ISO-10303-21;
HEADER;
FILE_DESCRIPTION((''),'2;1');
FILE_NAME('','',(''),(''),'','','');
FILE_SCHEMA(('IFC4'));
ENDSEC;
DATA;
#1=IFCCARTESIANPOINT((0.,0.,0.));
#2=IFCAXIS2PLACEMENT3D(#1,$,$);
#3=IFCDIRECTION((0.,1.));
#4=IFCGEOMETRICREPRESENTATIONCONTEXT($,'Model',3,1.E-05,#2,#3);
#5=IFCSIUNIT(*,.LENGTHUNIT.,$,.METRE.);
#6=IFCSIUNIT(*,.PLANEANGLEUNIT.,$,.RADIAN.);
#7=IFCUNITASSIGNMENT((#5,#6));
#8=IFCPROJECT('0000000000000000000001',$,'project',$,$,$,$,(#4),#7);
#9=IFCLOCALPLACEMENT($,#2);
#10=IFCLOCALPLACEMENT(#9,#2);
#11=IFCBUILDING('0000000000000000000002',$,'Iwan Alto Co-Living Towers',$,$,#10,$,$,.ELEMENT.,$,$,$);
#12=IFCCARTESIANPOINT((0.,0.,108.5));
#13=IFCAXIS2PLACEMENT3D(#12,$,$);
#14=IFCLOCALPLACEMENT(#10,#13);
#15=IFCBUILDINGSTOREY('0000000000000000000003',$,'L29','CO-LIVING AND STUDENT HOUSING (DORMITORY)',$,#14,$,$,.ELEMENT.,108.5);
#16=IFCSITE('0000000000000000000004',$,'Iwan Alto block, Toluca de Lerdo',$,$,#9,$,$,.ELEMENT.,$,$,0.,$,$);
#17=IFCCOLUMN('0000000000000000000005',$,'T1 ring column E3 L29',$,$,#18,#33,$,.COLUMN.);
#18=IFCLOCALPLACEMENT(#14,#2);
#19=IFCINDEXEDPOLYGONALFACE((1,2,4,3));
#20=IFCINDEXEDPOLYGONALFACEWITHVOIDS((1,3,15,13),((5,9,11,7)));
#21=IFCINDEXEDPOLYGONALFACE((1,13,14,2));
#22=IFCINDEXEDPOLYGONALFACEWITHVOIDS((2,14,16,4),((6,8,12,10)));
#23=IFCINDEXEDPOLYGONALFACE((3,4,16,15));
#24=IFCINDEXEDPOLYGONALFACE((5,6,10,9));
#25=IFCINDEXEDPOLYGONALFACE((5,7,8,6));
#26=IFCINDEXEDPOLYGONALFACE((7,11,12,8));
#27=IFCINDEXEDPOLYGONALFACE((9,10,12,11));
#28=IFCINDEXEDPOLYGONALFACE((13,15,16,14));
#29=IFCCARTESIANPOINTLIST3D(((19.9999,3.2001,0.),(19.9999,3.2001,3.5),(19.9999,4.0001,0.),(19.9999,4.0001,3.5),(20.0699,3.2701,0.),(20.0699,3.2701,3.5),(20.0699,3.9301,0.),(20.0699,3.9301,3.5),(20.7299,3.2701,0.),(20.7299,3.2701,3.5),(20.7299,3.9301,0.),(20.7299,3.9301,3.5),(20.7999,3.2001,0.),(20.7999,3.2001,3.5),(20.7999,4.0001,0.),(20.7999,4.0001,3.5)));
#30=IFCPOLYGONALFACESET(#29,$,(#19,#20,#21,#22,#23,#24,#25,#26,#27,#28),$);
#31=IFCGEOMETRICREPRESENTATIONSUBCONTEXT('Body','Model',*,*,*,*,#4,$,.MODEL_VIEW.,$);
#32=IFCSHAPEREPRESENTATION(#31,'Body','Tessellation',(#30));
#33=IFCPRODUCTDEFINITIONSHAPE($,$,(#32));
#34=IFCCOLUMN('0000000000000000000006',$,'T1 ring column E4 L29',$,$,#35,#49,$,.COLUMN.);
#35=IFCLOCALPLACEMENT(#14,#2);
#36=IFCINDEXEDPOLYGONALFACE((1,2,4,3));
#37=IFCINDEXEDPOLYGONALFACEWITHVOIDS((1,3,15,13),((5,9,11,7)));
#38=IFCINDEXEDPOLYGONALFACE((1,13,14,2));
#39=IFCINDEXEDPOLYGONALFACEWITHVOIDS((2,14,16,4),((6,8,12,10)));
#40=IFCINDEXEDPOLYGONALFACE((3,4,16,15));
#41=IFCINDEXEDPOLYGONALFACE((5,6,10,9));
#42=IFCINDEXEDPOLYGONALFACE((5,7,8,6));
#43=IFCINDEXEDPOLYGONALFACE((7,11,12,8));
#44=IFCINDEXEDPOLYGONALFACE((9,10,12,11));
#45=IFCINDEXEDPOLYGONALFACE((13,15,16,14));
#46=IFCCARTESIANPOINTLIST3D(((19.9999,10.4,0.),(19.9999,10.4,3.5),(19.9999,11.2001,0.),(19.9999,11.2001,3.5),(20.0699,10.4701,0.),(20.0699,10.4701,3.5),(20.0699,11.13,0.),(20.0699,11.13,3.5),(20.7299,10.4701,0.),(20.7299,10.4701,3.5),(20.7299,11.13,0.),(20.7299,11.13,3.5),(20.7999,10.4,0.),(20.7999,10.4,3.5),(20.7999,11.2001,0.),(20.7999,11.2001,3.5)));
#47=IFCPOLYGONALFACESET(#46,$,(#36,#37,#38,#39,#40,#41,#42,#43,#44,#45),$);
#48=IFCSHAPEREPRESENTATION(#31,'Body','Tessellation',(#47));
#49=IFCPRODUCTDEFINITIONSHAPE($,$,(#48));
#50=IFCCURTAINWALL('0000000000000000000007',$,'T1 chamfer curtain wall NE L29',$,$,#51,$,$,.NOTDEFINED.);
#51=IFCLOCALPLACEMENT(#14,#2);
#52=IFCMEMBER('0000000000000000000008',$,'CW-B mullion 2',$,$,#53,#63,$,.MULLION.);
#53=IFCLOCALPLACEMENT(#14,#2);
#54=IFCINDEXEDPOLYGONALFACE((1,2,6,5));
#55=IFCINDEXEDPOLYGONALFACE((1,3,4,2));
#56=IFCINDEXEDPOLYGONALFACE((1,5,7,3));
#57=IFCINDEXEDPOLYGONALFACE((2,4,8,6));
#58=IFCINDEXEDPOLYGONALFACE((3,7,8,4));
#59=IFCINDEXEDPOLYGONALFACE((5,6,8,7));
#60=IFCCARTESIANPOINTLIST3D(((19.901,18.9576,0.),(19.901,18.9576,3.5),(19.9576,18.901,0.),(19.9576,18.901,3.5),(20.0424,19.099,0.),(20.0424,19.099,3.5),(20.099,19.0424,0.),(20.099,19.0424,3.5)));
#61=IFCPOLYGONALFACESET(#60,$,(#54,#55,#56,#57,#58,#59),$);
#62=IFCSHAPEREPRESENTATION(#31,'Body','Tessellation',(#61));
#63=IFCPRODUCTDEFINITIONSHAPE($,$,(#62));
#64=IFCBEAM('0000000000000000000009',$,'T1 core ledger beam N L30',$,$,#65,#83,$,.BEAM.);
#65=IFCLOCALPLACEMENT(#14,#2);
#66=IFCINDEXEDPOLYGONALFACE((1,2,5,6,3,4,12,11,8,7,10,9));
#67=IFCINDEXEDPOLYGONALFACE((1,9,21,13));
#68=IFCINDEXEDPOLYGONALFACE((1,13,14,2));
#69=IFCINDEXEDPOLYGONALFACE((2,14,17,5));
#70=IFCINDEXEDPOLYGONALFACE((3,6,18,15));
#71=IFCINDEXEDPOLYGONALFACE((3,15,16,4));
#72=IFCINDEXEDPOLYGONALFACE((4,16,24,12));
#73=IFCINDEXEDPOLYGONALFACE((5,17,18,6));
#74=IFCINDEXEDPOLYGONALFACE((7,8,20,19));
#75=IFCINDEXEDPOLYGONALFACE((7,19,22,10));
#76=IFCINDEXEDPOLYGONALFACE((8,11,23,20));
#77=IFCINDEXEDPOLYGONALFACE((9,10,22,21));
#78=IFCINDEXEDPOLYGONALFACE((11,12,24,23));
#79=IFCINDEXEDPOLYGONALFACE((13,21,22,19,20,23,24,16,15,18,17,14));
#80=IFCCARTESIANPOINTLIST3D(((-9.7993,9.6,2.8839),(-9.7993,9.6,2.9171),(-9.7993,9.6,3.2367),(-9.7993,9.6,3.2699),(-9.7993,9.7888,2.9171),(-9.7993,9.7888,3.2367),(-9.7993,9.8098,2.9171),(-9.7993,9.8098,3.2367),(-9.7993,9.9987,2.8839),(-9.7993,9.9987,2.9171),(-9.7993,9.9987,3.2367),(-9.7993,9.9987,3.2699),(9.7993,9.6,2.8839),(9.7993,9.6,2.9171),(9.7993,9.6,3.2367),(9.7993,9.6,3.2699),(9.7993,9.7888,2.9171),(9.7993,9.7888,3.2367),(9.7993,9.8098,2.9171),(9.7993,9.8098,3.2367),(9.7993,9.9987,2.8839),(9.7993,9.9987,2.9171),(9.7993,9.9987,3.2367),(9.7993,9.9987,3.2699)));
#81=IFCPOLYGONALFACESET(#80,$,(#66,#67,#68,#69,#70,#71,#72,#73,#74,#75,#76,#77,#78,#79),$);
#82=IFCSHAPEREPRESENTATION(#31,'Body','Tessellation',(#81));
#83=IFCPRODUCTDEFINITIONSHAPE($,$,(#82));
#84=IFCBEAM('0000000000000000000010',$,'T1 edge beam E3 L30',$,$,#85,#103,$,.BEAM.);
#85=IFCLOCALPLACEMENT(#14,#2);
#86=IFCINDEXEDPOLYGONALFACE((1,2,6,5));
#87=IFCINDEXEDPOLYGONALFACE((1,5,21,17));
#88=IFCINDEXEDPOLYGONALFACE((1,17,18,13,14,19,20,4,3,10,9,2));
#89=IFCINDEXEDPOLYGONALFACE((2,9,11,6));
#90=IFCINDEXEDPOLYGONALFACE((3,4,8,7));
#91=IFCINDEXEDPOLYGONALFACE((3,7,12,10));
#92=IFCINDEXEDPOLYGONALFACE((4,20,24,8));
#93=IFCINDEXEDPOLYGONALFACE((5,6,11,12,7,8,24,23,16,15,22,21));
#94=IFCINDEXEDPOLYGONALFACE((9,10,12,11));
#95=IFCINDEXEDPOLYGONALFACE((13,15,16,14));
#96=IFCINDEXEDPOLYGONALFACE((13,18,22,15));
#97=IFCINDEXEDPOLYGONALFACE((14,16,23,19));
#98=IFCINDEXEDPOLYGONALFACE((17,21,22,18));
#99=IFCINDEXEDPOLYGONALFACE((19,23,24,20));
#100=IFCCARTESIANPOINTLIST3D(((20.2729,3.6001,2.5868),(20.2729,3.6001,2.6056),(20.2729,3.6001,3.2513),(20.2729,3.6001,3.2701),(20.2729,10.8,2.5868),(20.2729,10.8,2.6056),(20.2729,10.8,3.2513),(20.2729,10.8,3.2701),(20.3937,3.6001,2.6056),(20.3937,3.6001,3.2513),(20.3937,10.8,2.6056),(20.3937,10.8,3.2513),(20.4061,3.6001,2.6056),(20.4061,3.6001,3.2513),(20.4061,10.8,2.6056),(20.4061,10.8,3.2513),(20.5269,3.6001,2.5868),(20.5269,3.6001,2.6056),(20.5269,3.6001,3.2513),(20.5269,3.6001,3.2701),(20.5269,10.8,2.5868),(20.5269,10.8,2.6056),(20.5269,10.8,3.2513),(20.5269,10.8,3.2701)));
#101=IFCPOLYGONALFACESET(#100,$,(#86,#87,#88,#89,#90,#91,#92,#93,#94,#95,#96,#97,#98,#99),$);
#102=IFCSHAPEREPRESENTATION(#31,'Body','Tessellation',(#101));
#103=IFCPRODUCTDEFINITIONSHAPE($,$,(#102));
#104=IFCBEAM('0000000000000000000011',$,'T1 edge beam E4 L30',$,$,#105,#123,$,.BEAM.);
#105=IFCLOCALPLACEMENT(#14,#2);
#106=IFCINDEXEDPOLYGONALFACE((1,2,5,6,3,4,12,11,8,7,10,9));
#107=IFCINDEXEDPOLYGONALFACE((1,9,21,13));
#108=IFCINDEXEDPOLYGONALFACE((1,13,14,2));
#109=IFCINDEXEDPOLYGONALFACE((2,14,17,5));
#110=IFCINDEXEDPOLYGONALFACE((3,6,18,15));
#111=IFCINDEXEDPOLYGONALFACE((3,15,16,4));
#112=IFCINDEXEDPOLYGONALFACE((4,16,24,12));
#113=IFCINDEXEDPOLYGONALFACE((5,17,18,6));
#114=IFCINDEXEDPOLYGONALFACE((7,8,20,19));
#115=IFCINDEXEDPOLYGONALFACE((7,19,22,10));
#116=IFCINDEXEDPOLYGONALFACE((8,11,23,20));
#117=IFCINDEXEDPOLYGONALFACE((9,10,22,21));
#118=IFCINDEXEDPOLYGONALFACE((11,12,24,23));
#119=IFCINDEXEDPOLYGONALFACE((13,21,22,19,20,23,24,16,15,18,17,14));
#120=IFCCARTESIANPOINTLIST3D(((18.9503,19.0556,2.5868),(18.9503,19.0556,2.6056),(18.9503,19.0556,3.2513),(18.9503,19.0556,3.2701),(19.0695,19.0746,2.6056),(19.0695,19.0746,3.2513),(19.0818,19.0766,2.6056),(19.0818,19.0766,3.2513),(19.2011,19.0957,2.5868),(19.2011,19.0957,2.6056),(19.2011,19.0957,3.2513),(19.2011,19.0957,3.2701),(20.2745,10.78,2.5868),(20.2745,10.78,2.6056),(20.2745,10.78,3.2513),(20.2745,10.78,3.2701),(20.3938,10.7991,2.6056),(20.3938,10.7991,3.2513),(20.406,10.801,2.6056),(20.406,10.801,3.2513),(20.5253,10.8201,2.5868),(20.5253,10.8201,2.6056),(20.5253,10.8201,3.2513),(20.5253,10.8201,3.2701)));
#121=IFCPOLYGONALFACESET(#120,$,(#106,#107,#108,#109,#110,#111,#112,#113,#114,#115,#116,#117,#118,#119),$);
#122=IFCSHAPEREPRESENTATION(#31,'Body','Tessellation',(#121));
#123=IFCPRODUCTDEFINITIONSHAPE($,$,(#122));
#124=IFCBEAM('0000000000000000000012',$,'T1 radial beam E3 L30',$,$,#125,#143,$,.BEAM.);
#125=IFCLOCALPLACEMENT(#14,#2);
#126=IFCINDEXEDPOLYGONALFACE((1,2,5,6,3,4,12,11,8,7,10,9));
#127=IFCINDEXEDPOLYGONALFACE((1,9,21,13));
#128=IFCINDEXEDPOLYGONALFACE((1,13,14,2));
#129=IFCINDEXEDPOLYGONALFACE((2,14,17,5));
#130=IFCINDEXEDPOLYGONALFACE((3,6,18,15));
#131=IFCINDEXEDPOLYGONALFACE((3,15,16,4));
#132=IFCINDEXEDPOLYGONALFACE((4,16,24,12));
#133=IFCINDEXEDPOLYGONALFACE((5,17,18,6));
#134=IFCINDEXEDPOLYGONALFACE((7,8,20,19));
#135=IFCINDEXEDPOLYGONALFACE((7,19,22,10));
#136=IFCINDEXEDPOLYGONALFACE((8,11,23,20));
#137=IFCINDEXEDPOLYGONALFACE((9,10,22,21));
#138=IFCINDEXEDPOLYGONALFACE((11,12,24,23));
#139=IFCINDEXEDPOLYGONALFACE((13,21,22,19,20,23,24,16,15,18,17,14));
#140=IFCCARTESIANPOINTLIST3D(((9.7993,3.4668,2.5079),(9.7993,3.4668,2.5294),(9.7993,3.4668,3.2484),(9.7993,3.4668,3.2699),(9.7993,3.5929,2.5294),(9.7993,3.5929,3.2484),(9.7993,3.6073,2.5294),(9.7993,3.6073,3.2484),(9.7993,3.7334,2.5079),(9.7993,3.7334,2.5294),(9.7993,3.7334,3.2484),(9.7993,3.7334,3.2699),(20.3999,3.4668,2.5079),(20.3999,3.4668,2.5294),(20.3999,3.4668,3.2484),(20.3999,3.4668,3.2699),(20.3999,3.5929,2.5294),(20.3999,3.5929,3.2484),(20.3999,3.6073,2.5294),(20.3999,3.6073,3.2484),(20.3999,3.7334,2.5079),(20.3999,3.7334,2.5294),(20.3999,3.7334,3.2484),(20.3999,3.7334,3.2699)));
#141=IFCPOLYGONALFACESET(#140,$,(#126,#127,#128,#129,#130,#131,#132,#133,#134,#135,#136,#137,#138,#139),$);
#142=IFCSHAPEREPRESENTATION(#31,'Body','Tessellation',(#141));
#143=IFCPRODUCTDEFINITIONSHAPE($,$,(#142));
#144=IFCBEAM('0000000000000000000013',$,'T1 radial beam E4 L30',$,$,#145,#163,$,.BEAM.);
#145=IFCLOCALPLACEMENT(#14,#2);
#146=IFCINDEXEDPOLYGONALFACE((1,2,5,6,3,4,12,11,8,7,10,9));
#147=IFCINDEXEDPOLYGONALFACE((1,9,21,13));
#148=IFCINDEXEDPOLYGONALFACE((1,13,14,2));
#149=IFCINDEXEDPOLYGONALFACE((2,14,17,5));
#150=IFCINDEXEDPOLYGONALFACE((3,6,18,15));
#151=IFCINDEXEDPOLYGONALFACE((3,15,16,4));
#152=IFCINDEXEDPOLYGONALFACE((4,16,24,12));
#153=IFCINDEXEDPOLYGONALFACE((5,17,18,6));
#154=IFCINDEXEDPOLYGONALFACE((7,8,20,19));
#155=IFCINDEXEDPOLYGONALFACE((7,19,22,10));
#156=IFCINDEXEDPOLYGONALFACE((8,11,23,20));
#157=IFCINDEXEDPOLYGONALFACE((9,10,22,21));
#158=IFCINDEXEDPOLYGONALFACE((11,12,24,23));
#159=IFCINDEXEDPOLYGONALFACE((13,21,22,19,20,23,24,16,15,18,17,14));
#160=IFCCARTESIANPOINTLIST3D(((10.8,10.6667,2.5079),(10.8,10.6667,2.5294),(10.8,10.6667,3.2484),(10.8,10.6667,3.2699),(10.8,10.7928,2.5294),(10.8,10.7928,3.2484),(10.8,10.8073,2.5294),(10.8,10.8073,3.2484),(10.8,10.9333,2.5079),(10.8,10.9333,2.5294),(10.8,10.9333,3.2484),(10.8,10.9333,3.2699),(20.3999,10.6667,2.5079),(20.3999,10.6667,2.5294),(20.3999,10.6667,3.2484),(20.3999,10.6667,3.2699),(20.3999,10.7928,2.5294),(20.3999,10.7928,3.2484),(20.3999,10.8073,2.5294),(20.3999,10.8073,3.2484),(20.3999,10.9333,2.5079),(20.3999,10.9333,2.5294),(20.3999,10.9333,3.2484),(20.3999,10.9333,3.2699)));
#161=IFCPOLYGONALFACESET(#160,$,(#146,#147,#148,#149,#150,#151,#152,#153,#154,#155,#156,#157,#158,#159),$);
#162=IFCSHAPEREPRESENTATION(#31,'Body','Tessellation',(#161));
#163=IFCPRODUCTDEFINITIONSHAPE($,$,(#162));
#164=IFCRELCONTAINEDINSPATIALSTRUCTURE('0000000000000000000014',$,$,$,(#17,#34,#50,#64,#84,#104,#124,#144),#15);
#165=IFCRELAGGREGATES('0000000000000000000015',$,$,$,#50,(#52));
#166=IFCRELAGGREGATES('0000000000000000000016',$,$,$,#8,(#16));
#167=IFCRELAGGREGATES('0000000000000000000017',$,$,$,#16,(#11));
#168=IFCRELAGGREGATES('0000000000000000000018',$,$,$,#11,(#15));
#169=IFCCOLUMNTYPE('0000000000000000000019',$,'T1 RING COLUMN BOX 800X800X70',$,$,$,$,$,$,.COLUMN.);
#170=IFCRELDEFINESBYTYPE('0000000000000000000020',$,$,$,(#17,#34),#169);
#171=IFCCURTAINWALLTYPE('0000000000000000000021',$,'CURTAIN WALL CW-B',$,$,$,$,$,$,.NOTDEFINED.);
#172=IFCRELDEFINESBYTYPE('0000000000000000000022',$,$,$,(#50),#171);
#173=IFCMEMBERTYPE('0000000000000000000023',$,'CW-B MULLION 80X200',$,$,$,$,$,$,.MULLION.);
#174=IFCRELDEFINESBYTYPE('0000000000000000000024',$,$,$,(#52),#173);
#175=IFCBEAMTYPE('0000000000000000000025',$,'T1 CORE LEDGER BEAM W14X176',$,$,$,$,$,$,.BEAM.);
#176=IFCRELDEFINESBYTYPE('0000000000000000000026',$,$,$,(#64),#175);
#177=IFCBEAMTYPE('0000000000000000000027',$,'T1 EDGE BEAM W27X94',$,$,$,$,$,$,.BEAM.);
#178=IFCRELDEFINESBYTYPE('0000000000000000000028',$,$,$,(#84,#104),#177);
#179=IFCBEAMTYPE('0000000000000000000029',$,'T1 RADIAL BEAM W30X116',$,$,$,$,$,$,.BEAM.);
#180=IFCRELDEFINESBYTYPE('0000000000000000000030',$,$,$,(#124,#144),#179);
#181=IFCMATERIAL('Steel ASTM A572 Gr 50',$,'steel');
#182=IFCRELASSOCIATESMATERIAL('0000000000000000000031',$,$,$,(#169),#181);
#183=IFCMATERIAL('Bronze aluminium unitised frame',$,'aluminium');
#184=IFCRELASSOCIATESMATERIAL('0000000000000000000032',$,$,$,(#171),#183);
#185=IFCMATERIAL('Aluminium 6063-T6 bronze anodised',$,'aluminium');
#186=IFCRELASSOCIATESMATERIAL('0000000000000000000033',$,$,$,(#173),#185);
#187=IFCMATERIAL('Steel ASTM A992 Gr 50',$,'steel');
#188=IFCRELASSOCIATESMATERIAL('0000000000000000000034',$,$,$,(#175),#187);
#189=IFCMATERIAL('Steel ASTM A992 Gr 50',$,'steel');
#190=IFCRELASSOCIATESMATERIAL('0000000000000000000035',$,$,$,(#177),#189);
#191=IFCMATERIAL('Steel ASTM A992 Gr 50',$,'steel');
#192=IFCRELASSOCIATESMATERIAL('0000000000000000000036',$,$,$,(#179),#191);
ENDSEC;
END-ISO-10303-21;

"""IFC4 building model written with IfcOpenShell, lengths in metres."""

from ifc_helpers import new_model, si_unit, direction, frame, origin, origin_2d, place, context, subcontext, project, spatial, rectangle, hollow_rectangle, i_section, extrude, material, material_profile, profile_set, type_object, element, aggregate, save


model = new_model("IFC4")

# Units and contexts
model_context = context("Model", 3, precision=1e-05, world=origin(), true_north=direction((0.0, 1.0)))
body_context = subcontext(model_context, "Body", "Model", "MODEL_VIEW")
ifc_project = project(units=[si_unit("LENGTHUNIT", "METRE"), si_unit("PLANEANGLEUNIT", "RADIAN")], contexts=[model_context])

# Site, building, storey
site_placement = place(None, origin())
site = spatial("IfcSite", under=ifc_project, at=site_placement, Name="Iwan Alto block, Toluca de Lerdo", CompositionType="ELEMENT", RefElevation=0.0)
building_placement = place(site_placement, origin())
building = spatial("IfcBuilding", under=site, at=building_placement, Name="Iwan Alto Co-Living Towers", CompositionType="ELEMENT")
storey_placement = place(building_placement, frame((0.0, 0.0, 108.5)))
storey = spatial("IfcBuildingStorey", under=building, at=storey_placement, Name="L29", Description="CO-LIVING AND STUDENT HOUSING (DORMITORY)", CompositionType="ELEMENT", Elevation=108.5)

# Columns
ifc_material_1 = material(Name="Steel ASTM A572 Gr 50", Category="steel")
ifc_material_profile_1 = material_profile(ifc_material_1, hollow_rectangle(XDim=0.8, YDim=0.8, WallThickness=0.0701, at=origin_2d()), Name="BOX 800X800X70")
ifc_profile_set_1 = profile_set([ifc_material_profile_1], Name="Steel ASTM A572 Gr 50")
column_type = type_object("IfcColumnType", Name="T1 RING COLUMN BOX 800X800X70", PredefinedType="COLUMN", material=ifc_profile_set_1)
for number, where, z_axis, x_axis, name in (
    (1, (20.3999, 3.6001, 0.0), (0.0, 0.0, 1.0), (1.0, 0.0, 0.0), "T1 ring column E3 L29"),
    (2, (20.3999, 10.8, 0.0), (0.0, 0.0, 1.0), (1.0, 0.0, 0.0), "T1 ring column E4 L29"),
):
    element("IfcColumn", number, at=place(storey_placement, frame(where, z_axis=z_axis, x_axis=x_axis)), inside=storey, type_object=column_type, Name=name, PredefinedType="COLUMN", context=body_context, shape_type="SweptSolid", body=[
        extrude(hollow_rectangle(XDim=0.8, YDim=0.8, WallThickness=0.0701, at=origin_2d()), origin(), (0.0, 0.0, 1.0), 3.5),
    ])

# Curtain wall, member
ifc_material_2 = material(Name="Bronze aluminium unitised frame", Category="aluminium")
curtain_wall_type = type_object("IfcCurtainWallType", Name="CURTAIN WALL CW-B", PredefinedType="NOTDEFINED", material=ifc_material_2)
curtain_wall_placement = place(storey_placement, origin())
curtain_wall = element("IfcCurtainWall", 3, at=curtain_wall_placement, inside=storey, type_object=curtain_wall_type, Name="T1 chamfer curtain wall NE L29", PredefinedType="NOTDEFINED")
ifc_material_3 = material(Name="Aluminium 6063-T6 bronze anodised", Category="aluminium")
ifc_material_profile_2 = material_profile(ifc_material_3, rectangle(XDim=0.2, YDim=0.0801, at=origin_2d()), Name="AL 80X200")
ifc_profile_set_2 = profile_set([ifc_material_profile_2], Name="Aluminium 6063-T6 bronze anodised")
member_type = type_object("IfcMemberType", Name="CW-B MULLION 80X200", PredefinedType="MULLION", material=ifc_profile_set_2)
member_placement = place(storey_placement, frame((20.0, 19.0, 0.0), z_axis=(0.0, 0.0, 1.0), x_axis=(-0.707107, -0.707107, 0.0)))
member = element("IfcMember", 4, at=member_placement, type_object=member_type, Name="CW-B mullion 2", PredefinedType="MULLION", context=body_context, shape_type="SweptSolid", body=[
    extrude(rectangle(XDim=0.2, YDim=0.0801, at=origin_2d()), origin(), (0.0, 0.0, 1.0), 3.5),
])
aggregate(curtain_wall, [member])

# Beams
ifc_material_4 = material(Name="Steel ASTM A992 Gr 50", Category="steel")
ifc_material_profile_3 = material_profile(ifc_material_4, i_section(OverallWidth=0.3987, OverallDepth=0.386, WebThickness=0.021, FlangeThickness=0.0332, at=origin_2d()), Name="W14X176")
ifc_profile_set_3 = profile_set([ifc_material_profile_3], Name="Steel ASTM A992 Gr 50")
beam_type_1 = type_object("IfcBeamType", Name="T1 CORE LEDGER BEAM W14X176", PredefinedType="BEAM", material=ifc_profile_set_3)
beam_1_placement = place(storey_placement, frame((9.7993, 9.7993, 3.0769), z_axis=(-1.0, 0.0, 0.0), x_axis=(0.0, -1.0, 0.0)))
element("IfcBeam", 5, at=beam_1_placement, inside=storey, type_object=beam_type_1, Name="T1 core ledger beam N L30", PredefinedType="BEAM", context=body_context, shape_type="SweptSolid", body=[
    extrude(i_section(OverallWidth=0.3987, OverallDepth=0.386, WebThickness=0.021, FlangeThickness=0.0332, at=origin_2d()), origin(), (0.0, 0.0, 1.0), 19.5986),
])
ifc_material_5 = material(Name="Steel ASTM A992 Gr 50", Category="steel")
ifc_material_profile_4 = material_profile(ifc_material_5, i_section(OverallWidth=0.2539, OverallDepth=0.6833, WebThickness=0.0125, FlangeThickness=0.0188, at=origin_2d()), Name="W27X94")
ifc_profile_set_4 = profile_set([ifc_material_profile_4], Name="Steel ASTM A992 Gr 50")
beam_type_2 = type_object("IfcBeamType", Name="T1 EDGE BEAM W27X94", PredefinedType="BEAM", material=ifc_profile_set_4)
beam_2_placement = place(storey_placement, frame((20.3999, 3.6001, 2.9285), z_axis=(0.0, 1.0, 0.0), x_axis=(-1.0, 0.0, 0.0)))
element("IfcBeam", 6, at=beam_2_placement, inside=storey, type_object=beam_type_2, Name="T1 edge beam E3 L30", PredefinedType="BEAM", context=body_context, shape_type="SweptSolid", body=[
    extrude(i_section(OverallWidth=0.2539, OverallDepth=0.6833, WebThickness=0.0125, FlangeThickness=0.0188, at=origin_2d()), origin(), (0.0, 0.0, 1.0), 7.2),
])
beam_3_placement = place(storey_placement, frame((20.3999, 10.8, 2.9285), z_axis=(-0.158004, 0.987438, 0.0), x_axis=(-0.987438, -0.158004, 0.0)))
element("IfcBeam", 7, at=beam_3_placement, inside=storey, type_object=beam_type_2, Name="T1 edge beam E4 L30", PredefinedType="BEAM", context=body_context, shape_type="SweptSolid", body=[
    extrude(i_section(OverallWidth=0.2539, OverallDepth=0.6833, WebThickness=0.0125, FlangeThickness=0.0188, at=origin_2d()), origin(), (0.0, 0.0, 1.0), 8.3809),
])
ifc_material_6 = material(Name="Steel ASTM A992 Gr 50", Category="steel")
ifc_material_profile_5 = material_profile(ifc_material_6, i_section(OverallWidth=0.2666, OverallDepth=0.762, WebThickness=0.0144, FlangeThickness=0.0215, at=origin_2d()), Name="W30X116")
ifc_profile_set_5 = profile_set([ifc_material_profile_5], Name="Steel ASTM A992 Gr 50")
beam_type_3 = type_object("IfcBeamType", Name="T1 RADIAL BEAM W30X116", PredefinedType="BEAM", material=ifc_profile_set_5)
beam_4_placement = place(storey_placement, frame((20.3999, 3.6001, 2.8889), z_axis=(-1.0, 0.0, 0.0), x_axis=(0.0, -1.0, 0.0)))
element("IfcBeam", 8, at=beam_4_placement, inside=storey, type_object=beam_type_3, Name="T1 radial beam E3 L30", PredefinedType="BEAM", context=body_context, shape_type="SweptSolid", body=[
    extrude(i_section(OverallWidth=0.2666, OverallDepth=0.762, WebThickness=0.0144, FlangeThickness=0.0215, at=origin_2d()), origin(), (0.0, 0.0, 1.0), 10.6006),
])
beam_5_placement = place(storey_placement, frame((20.3999, 10.8, 2.8889), z_axis=(-1.0, 0.0, 0.0), x_axis=(0.0, -1.0, 0.0)))
element("IfcBeam", 9, at=beam_5_placement, inside=storey, type_object=beam_type_3, Name="T1 radial beam E4 L30", PredefinedType="BEAM", context=body_context, shape_type="SweptSolid", body=[
    extrude(i_section(OverallWidth=0.2666, OverallDepth=0.762, WebThickness=0.0144, FlangeThickness=0.0215, at=origin_2d()), origin(), (0.0, 0.0, 1.0), 9.5999),
])

save(model, "model.ifc")
